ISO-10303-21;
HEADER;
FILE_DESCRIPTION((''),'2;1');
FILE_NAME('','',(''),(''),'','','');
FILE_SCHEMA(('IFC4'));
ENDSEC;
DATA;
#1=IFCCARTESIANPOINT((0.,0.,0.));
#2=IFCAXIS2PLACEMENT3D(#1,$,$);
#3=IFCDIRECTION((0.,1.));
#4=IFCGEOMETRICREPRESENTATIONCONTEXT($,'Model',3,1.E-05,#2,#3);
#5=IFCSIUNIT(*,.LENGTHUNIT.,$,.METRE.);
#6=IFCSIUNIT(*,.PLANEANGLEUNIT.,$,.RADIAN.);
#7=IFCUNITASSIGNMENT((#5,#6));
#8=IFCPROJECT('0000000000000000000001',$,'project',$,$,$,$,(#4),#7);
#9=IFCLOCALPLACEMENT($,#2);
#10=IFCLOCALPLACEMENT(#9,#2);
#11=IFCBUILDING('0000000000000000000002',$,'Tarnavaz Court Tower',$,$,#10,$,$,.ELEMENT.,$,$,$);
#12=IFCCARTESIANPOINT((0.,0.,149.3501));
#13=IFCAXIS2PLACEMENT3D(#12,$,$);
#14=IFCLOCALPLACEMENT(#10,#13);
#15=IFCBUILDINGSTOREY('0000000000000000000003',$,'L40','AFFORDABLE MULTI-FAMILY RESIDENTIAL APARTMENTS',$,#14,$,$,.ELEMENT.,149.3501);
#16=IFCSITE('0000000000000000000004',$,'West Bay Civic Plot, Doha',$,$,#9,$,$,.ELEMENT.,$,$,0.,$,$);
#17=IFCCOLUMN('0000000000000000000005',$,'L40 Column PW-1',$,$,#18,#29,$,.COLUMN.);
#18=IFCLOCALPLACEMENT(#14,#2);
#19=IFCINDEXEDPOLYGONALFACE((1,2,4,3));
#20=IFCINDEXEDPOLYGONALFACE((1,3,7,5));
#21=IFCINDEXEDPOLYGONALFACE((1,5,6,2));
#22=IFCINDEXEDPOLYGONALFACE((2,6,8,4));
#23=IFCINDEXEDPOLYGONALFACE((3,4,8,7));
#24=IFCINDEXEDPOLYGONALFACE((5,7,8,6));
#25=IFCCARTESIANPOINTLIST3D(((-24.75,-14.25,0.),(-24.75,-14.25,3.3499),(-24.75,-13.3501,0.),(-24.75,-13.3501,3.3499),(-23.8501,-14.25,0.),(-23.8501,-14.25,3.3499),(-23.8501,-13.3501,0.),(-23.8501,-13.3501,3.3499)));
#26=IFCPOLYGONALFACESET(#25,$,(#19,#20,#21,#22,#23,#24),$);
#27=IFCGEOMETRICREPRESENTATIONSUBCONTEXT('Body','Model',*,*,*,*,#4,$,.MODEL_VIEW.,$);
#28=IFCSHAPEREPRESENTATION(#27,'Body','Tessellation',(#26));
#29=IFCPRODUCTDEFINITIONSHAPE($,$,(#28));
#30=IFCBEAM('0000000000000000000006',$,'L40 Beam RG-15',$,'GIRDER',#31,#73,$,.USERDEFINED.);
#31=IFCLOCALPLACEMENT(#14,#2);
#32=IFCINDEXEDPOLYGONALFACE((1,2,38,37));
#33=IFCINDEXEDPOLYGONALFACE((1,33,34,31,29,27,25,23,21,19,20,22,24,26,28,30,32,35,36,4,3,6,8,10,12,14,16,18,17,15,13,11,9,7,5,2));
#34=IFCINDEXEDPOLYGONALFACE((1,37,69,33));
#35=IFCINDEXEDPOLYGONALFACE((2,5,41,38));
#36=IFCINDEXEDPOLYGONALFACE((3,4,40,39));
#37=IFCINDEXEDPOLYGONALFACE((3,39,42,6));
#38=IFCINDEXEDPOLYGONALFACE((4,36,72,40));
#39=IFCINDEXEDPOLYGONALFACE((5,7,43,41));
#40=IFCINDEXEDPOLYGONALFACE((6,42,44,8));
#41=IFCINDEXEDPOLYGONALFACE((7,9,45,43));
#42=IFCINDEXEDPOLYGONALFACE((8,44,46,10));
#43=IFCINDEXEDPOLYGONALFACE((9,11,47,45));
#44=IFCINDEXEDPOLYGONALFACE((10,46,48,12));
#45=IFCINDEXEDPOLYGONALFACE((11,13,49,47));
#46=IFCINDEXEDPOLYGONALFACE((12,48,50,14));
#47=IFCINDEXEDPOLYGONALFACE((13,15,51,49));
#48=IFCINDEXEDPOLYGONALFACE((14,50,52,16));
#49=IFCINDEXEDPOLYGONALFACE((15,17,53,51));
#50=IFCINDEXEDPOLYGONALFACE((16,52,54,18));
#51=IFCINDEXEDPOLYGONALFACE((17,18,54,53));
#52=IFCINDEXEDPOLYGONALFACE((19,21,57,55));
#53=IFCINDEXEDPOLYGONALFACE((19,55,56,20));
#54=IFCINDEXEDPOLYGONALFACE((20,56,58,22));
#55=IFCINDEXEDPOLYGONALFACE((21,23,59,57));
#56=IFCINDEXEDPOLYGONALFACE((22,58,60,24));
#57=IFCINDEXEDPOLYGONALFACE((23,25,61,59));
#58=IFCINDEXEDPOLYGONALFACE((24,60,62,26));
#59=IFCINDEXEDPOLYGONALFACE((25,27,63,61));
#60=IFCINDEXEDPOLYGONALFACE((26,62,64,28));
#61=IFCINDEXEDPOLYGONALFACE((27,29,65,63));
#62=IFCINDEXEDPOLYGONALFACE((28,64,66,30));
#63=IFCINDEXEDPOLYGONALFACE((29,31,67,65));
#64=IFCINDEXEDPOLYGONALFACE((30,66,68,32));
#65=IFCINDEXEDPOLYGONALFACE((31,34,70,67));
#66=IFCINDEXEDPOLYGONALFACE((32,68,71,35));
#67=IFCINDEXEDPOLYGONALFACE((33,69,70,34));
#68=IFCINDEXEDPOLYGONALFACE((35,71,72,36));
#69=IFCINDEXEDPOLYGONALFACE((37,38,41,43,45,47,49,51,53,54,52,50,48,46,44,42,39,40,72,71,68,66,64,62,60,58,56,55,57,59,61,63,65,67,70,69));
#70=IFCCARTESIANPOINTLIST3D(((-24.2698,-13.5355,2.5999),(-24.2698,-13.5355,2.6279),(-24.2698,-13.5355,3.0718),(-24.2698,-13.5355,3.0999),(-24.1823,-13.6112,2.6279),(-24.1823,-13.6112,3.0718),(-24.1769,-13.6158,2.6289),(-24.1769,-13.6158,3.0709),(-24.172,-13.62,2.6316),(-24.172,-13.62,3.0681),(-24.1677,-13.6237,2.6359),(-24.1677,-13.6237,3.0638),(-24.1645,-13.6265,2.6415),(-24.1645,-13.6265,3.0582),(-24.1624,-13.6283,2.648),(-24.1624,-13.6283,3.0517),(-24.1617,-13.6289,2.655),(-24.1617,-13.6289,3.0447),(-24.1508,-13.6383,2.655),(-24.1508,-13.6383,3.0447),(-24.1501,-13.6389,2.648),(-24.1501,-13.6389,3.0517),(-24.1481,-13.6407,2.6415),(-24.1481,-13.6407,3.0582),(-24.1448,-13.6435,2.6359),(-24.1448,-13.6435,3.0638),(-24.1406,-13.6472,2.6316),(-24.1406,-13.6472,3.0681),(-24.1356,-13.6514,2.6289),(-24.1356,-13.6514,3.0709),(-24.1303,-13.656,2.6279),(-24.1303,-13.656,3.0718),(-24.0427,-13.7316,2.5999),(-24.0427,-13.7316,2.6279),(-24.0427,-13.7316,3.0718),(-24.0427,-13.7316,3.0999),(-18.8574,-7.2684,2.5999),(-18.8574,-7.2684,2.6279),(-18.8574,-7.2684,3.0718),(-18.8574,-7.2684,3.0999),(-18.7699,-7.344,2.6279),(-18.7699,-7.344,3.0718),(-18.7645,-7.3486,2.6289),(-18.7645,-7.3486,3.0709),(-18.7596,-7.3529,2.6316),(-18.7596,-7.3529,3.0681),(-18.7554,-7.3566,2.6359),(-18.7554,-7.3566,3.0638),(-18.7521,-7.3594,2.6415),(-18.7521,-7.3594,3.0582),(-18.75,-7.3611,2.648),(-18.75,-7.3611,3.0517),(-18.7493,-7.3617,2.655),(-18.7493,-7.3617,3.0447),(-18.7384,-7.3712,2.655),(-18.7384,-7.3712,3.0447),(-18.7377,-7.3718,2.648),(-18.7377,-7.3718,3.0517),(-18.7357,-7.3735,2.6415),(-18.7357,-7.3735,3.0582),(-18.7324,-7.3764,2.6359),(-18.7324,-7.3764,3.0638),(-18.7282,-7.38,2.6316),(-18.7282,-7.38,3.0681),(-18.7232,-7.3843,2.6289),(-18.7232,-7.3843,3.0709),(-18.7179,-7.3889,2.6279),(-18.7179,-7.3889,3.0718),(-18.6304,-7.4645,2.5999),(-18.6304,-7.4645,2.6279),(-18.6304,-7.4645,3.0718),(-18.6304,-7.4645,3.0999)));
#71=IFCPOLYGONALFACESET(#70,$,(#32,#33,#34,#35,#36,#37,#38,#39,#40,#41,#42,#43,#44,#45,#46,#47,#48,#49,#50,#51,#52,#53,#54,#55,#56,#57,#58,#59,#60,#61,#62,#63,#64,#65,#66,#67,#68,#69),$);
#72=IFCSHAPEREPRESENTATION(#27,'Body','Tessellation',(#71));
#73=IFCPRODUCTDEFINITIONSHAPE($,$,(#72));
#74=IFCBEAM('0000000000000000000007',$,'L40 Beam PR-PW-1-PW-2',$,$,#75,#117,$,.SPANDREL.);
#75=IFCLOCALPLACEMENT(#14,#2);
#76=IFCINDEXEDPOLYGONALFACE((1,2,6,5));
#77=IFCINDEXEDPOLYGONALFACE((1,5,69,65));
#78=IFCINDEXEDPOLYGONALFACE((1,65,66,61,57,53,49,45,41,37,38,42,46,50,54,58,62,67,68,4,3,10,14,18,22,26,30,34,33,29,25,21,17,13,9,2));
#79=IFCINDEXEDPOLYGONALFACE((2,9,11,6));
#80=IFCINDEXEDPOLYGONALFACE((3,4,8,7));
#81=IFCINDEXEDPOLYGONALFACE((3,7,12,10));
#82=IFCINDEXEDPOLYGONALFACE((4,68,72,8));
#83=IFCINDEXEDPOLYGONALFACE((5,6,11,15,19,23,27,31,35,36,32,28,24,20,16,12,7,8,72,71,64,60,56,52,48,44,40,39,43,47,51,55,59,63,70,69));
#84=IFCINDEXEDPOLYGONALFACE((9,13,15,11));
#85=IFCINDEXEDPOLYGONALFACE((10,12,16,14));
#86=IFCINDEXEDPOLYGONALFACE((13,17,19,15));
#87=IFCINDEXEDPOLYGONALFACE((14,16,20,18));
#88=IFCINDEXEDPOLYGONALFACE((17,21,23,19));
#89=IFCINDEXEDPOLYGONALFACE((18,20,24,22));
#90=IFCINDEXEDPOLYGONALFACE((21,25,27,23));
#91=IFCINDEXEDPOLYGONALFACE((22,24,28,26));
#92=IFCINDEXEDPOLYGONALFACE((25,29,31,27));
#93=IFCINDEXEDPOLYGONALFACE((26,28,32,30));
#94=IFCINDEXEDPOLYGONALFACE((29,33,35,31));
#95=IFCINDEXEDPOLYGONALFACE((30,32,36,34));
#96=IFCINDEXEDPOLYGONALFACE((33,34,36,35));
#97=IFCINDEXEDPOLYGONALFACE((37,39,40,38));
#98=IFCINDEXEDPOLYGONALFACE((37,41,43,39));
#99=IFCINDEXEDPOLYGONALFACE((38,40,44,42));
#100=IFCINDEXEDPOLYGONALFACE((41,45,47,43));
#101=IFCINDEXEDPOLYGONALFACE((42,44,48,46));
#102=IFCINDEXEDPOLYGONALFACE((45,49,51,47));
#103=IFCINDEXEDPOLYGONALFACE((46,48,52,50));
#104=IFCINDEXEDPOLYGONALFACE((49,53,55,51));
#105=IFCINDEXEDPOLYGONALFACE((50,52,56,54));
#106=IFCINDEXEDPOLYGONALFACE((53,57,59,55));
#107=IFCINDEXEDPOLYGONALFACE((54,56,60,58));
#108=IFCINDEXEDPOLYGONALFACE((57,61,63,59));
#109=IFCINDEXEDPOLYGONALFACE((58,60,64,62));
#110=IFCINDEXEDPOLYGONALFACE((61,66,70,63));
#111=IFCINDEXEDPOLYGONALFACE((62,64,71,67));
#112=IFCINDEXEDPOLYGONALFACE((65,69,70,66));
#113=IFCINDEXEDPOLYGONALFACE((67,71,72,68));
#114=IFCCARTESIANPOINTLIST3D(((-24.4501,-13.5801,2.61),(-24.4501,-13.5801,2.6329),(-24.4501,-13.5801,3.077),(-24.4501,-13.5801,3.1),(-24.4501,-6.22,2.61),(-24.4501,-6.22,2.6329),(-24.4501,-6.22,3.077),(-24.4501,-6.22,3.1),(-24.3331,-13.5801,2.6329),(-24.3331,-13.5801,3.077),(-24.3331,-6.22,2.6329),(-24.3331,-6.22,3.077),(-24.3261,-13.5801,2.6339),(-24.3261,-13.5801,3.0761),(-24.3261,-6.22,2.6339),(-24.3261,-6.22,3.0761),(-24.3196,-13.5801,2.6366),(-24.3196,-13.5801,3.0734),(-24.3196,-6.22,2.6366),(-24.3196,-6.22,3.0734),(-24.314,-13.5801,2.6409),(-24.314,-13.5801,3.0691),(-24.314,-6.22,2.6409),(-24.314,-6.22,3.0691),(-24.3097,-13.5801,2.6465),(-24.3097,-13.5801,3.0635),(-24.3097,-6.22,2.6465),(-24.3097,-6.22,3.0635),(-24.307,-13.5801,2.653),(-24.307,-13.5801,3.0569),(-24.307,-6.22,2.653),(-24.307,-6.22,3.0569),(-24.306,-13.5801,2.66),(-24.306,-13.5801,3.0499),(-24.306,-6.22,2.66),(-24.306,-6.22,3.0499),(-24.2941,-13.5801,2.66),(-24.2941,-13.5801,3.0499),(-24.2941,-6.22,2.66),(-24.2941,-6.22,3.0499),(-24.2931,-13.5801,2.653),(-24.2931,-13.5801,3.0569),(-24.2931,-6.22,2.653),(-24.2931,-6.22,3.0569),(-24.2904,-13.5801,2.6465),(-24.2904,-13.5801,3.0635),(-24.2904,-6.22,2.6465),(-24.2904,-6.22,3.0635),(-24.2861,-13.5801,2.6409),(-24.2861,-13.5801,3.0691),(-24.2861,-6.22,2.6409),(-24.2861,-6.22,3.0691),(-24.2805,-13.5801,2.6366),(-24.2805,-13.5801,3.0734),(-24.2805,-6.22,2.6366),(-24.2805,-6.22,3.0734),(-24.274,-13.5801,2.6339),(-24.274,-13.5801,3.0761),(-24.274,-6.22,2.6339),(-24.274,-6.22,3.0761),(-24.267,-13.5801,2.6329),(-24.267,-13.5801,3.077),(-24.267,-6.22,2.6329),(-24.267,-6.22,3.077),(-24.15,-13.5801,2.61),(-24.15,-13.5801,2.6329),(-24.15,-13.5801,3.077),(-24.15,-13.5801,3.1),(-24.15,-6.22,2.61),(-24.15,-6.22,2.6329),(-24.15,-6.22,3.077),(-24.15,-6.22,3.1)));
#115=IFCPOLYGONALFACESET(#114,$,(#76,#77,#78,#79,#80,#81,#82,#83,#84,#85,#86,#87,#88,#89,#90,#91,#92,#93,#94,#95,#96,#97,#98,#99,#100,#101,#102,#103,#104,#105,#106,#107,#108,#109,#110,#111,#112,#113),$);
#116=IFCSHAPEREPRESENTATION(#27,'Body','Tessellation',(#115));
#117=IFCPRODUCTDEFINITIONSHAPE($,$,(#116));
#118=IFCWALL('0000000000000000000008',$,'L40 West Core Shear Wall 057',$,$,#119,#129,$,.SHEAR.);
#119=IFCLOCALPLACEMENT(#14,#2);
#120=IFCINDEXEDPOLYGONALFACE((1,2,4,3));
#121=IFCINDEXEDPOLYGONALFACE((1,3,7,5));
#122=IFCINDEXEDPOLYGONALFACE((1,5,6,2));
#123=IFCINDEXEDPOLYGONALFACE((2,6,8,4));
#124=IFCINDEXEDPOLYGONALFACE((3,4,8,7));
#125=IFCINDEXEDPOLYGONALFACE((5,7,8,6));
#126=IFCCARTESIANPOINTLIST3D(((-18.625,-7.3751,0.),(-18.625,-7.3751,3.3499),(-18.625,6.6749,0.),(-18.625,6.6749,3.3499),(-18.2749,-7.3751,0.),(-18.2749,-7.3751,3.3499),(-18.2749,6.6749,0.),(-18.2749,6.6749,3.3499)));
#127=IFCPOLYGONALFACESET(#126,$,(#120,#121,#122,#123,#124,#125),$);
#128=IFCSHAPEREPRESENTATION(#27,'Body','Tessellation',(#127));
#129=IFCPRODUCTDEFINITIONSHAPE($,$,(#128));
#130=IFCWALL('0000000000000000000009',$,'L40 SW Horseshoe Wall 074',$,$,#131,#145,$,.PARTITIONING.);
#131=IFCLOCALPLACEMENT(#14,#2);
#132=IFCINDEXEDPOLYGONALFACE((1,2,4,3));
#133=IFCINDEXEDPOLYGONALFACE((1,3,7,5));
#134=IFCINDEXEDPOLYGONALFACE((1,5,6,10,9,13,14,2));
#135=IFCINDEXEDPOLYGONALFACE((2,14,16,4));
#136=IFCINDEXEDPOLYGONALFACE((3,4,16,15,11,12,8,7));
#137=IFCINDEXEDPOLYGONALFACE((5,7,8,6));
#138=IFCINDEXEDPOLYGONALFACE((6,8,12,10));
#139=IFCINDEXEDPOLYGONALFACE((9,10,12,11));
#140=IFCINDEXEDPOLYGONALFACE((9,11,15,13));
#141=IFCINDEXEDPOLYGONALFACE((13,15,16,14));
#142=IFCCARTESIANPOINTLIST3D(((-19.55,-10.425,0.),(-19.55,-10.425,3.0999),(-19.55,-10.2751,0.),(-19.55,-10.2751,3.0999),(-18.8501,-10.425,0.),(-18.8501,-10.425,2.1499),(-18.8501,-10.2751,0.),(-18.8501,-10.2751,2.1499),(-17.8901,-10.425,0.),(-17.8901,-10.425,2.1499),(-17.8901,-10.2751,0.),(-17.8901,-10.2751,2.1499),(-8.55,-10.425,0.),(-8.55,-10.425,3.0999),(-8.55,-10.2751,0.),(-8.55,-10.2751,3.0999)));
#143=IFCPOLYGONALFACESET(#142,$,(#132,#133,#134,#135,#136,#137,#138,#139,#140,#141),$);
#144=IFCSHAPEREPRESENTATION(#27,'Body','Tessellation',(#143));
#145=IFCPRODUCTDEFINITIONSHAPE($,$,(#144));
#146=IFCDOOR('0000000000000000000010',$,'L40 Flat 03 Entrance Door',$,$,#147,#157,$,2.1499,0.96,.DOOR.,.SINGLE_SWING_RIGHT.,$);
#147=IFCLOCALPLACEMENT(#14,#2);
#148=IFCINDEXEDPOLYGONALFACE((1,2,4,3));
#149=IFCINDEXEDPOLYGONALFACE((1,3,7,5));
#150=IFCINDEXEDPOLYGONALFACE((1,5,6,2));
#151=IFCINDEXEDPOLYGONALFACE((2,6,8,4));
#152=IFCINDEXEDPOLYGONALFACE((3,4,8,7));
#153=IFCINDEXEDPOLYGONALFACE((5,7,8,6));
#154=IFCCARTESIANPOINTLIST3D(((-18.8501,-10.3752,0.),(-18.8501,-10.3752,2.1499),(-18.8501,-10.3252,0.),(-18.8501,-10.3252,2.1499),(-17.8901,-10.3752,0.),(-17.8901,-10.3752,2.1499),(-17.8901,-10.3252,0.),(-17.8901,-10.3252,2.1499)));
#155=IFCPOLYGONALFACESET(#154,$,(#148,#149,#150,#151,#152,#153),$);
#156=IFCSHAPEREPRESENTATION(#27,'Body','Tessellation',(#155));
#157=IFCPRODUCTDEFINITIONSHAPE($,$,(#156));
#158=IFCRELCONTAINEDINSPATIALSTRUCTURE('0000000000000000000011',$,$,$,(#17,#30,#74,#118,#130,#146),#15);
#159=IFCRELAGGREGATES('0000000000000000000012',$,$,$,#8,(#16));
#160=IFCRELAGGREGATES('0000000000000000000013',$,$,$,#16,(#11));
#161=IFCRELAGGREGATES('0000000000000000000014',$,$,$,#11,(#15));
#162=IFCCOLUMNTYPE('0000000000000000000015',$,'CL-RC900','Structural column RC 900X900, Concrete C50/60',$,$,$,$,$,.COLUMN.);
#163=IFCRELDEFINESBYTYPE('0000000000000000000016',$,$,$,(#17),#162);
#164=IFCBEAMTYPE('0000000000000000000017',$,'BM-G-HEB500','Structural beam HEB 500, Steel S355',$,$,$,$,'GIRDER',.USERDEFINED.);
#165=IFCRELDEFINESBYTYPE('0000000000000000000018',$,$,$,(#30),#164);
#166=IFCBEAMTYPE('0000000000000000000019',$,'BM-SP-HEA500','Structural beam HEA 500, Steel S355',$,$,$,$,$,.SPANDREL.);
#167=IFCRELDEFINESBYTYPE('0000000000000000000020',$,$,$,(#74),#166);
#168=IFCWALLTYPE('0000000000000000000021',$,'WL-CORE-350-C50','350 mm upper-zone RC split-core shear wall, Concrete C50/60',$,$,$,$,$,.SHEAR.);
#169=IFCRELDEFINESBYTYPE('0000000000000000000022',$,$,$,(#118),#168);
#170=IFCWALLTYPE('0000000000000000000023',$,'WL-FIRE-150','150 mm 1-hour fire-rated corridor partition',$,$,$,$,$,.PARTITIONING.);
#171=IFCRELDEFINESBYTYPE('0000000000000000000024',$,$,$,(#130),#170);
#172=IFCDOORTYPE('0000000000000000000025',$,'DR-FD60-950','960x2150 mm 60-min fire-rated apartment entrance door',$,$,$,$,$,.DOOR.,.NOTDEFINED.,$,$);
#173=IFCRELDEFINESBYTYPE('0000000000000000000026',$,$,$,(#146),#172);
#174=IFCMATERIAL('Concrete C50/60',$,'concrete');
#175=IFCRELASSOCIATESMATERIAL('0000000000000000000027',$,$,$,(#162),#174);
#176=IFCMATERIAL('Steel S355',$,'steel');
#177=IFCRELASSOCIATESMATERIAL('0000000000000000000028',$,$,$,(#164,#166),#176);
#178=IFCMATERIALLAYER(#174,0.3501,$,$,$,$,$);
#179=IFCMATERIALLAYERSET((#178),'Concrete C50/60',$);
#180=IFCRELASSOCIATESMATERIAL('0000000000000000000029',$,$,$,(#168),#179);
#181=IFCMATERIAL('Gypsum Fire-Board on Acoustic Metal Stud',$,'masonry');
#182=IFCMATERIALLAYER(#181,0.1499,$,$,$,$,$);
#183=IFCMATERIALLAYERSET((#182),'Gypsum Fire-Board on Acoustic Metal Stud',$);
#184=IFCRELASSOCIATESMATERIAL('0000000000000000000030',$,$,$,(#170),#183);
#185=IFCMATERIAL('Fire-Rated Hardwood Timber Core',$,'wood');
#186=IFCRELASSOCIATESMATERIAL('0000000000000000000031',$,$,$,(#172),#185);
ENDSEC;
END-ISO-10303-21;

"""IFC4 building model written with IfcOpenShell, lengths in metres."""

from ifc_helpers import new_model, si_unit, direction, frame, frame_2d, origin, origin_2d, place, context, subcontext, project, spatial, rectangle, i_section, extrude, material, layer, layer_set, material_profile, profile_set, type_object, element, fill, save


model = new_model("IFC4")

# Units and contexts
model_context = context("Model", 3, precision=1e-05, world=origin(), true_north=direction((0.0, 1.0)))
body_context = subcontext(model_context, "Body", "Model", "MODEL_VIEW")
ifc_project = project(units=[si_unit("LENGTHUNIT", "METRE"), si_unit("PLANEANGLEUNIT", "RADIAN")], contexts=[model_context])

# Site, building, storey
site_placement = place(None, origin())
site = spatial("IfcSite", under=ifc_project, at=site_placement, Name="West Bay Civic Plot, Doha", CompositionType="ELEMENT", RefElevation=0.0)
building_placement = place(site_placement, origin())
building = spatial("IfcBuilding", under=site, at=building_placement, Name="Tarnavaz Court Tower", CompositionType="ELEMENT")
storey_placement = place(building_placement, frame((0.0, 0.0, 149.3501)))
storey = spatial("IfcBuildingStorey", under=building, at=storey_placement, Name="L40", Description="AFFORDABLE MULTI-FAMILY RESIDENTIAL APARTMENTS", CompositionType="ELEMENT", Elevation=149.3501)

# Column
ifc_material_1 = material(Name="Concrete C50/60", Category="concrete")
ifc_material_profile_1 = material_profile(ifc_material_1, rectangle(XDim=0.8999, YDim=0.8999, at=origin_2d()), Name="RC 900X900")
ifc_profile_set_1 = profile_set([ifc_material_profile_1], Name="Concrete C50/60")
column_type = type_object("IfcColumnType", Name="CL-RC900", Description="Structural column RC 900X900, Concrete C50/60", PredefinedType="COLUMN", material=ifc_profile_set_1)
column_placement = place(storey_placement, frame((-24.3, -13.8, 0.0), z_axis=(0.0, 0.0, 1.0), x_axis=(1.0, 0.0, 0.0)))
element("IfcColumn", 1, at=column_placement, inside=storey, type_object=column_type, Name="L40 Column PW-1", PredefinedType="COLUMN", context=body_context, shape_type="SweptSolid", body=[
    extrude(rectangle(XDim=0.8999, YDim=0.8999, at=origin_2d()), origin(), (0.0, 0.0, 1.0), 3.3499),
])

# Beams
ifc_material_2 = material(Name="Steel S355", Category="steel")
ifc_material_profile_2 = material_profile(ifc_material_2, i_section(OverallWidth=0.3, OverallDepth=0.5, WebThickness=0.0144, FlangeThickness=0.0281, FilletRadius=0.0271, at=origin_2d()), Name="HEB 500")
ifc_profile_set_2 = profile_set([ifc_material_profile_2], Name="Steel S355")
beam_type_1 = type_object("IfcBeamType", Name="BM-G-HEB500", Description="Structural beam HEB 500, Steel S355", ElementType="GIRDER", PredefinedType="USERDEFINED", material=ifc_profile_set_2)
beam_1_placement = place(storey_placement, frame((-18.7439, -7.3665, 2.8499), z_axis=(-0.653611, -0.756831, 0.0), x_axis=(0.756831, -0.653611, 0.0)))
element("IfcBeam", 2, at=beam_1_placement, inside=storey, type_object=beam_type_1, Name="L40 Beam RG-15", ObjectType="GIRDER", PredefinedType="USERDEFINED", context=body_context, shape_type="SweptSolid", body=[
    extrude(i_section(OverallWidth=0.3, OverallDepth=0.5, WebThickness=0.0144, FlangeThickness=0.0281, FilletRadius=0.0271, at=origin_2d()), origin(), (0.0, 0.0, 1.0), 8.2808),
])
ifc_material_profile_3 = material_profile(ifc_material_2, i_section(OverallWidth=0.3, OverallDepth=0.49, WebThickness=0.012, FlangeThickness=0.0229, FilletRadius=0.0271, at=origin_2d()), Name="HEA 500")
ifc_profile_set_3 = profile_set([ifc_material_profile_3], Name="Steel S355")
beam_type_2 = type_object("IfcBeamType", Name="BM-SP-HEA500", Description="Structural beam HEA 500, Steel S355", PredefinedType="SPANDREL", material=ifc_profile_set_3)
beam_2_placement = place(storey_placement, frame((-24.3, -13.5801, 2.855), z_axis=(0.0, 1.0, 0.0), x_axis=(-1.0, 0.0, 0.0)))
element("IfcBeam", 3, at=beam_2_placement, inside=storey, type_object=beam_type_2, Name="L40 Beam PR-PW-1-PW-2", PredefinedType="SPANDREL", context=body_context, shape_type="SweptSolid", body=[
    extrude(i_section(OverallWidth=0.3, OverallDepth=0.49, WebThickness=0.012, FlangeThickness=0.0229, FilletRadius=0.0271, at=origin_2d()), origin(), (0.0, 0.0, 1.0), 7.3601),
])

# Wall
ifc_layer_1 = layer(ifc_material_1, 0.3501)
ifc_layer_set_1 = layer_set([ifc_layer_1], Name="Concrete C50/60")
wall_type_1 = type_object("IfcWallType", Name="WL-CORE-350-C50", Description="350 mm upper-zone RC split-core shear wall, Concrete C50/60", PredefinedType="SHEAR", material=ifc_layer_set_1)
wall_1_placement = place(storey_placement, frame((-18.45, -7.375, 0.0), z_axis=(0.0, 0.0, 1.0), x_axis=(0.0, 1.0, 0.0)))
element("IfcWall", 4, at=wall_1_placement, inside=storey, type_object=wall_type_1, Name="L40 West Core Shear Wall 057", PredefinedType="SHEAR", context=body_context, shape_type="SweptSolid", body=[
    extrude(rectangle(XDim=14.05, YDim=0.3501, at=frame_2d((7.0249, 0.0))), origin(), (0.0, 0.0, 1.0), 3.3499),
])

# Wall, opening, door
ifc_material_3 = material(Name="Gypsum Fire-Board on Acoustic Metal Stud", Category="masonry")
ifc_layer_2 = layer(ifc_material_3, 0.1499)
ifc_layer_set_2 = layer_set([ifc_layer_2], Name="Gypsum Fire-Board on Acoustic Metal Stud")
wall_type_2 = type_object("IfcWallType", Name="WL-FIRE-150", Description="150 mm 1-hour fire-rated corridor partition", PredefinedType="PARTITIONING", material=ifc_layer_set_2)
wall_2_placement = place(storey_placement, frame((-19.55, -10.3501, 0.0), z_axis=(0.0, 0.0, 1.0), x_axis=(1.0, 0.0, 0.0)))
wall_2 = element("IfcWall", 5, at=wall_2_placement, inside=storey, type_object=wall_type_2, Name="L40 SW Horseshoe Wall 074", PredefinedType="PARTITIONING", context=body_context, shape_type="SweptSolid", body=[
    extrude(rectangle(XDim=11.0, YDim=0.1499, at=frame_2d((5.5, 0.0))), origin(), (0.0, 0.0, 1.0), 3.0999),
])
opening_1_placement = place(wall_2_placement, frame((0.7, 0.0, 0.0)))
opening_1 = element("IfcOpeningElement", 6, at=opening_1_placement, cuts=wall_2, PredefinedType="OPENING", context=body_context, shape_type="SweptSolid", body=[
    extrude(rectangle(XDim=0.96, YDim=2.1499, at=frame_2d((0.48, 1.075))), frame((0.0, 0.085, 0.0), z_axis=(0.0, -1.0, 0.0), x_axis=(1.0, 0.0, 0.0)), (0.0, 0.0, 1.0), 0.1699),
])
ifc_material_4 = material(Name="Fire-Rated Hardwood Timber Core", Category="wood")
door_type_1 = type_object("IfcDoorType", Name="DR-FD60-950", Description="960x2150 mm 60-min fire-rated apartment entrance door", OperationType="NOTDEFINED", PredefinedType="DOOR", material=ifc_material_4)
door_1_placement = place(opening_1_placement, origin())
door_1 = element("IfcDoor", 7, at=door_1_placement, inside=storey, type_object=door_type_1, Name="L40 Flat 03 Entrance Door", OperationType="SINGLE_SWING_RIGHT", OverallHeight=2.1499, OverallWidth=0.96, PredefinedType="DOOR", context=body_context, shape_type="SweptSolid", body=[
    extrude(rectangle(XDim=0.96, YDim=2.1499, at=frame_2d((0.48, 1.075))), frame((0.0, 0.0249, 0.0), z_axis=(0.0, -1.0, 0.0), x_axis=(1.0, 0.0, 0.0)), (0.0, 0.0, 1.0), 0.05),
])
fill(opening_1, door_1)

save(model, "model.ifc")
